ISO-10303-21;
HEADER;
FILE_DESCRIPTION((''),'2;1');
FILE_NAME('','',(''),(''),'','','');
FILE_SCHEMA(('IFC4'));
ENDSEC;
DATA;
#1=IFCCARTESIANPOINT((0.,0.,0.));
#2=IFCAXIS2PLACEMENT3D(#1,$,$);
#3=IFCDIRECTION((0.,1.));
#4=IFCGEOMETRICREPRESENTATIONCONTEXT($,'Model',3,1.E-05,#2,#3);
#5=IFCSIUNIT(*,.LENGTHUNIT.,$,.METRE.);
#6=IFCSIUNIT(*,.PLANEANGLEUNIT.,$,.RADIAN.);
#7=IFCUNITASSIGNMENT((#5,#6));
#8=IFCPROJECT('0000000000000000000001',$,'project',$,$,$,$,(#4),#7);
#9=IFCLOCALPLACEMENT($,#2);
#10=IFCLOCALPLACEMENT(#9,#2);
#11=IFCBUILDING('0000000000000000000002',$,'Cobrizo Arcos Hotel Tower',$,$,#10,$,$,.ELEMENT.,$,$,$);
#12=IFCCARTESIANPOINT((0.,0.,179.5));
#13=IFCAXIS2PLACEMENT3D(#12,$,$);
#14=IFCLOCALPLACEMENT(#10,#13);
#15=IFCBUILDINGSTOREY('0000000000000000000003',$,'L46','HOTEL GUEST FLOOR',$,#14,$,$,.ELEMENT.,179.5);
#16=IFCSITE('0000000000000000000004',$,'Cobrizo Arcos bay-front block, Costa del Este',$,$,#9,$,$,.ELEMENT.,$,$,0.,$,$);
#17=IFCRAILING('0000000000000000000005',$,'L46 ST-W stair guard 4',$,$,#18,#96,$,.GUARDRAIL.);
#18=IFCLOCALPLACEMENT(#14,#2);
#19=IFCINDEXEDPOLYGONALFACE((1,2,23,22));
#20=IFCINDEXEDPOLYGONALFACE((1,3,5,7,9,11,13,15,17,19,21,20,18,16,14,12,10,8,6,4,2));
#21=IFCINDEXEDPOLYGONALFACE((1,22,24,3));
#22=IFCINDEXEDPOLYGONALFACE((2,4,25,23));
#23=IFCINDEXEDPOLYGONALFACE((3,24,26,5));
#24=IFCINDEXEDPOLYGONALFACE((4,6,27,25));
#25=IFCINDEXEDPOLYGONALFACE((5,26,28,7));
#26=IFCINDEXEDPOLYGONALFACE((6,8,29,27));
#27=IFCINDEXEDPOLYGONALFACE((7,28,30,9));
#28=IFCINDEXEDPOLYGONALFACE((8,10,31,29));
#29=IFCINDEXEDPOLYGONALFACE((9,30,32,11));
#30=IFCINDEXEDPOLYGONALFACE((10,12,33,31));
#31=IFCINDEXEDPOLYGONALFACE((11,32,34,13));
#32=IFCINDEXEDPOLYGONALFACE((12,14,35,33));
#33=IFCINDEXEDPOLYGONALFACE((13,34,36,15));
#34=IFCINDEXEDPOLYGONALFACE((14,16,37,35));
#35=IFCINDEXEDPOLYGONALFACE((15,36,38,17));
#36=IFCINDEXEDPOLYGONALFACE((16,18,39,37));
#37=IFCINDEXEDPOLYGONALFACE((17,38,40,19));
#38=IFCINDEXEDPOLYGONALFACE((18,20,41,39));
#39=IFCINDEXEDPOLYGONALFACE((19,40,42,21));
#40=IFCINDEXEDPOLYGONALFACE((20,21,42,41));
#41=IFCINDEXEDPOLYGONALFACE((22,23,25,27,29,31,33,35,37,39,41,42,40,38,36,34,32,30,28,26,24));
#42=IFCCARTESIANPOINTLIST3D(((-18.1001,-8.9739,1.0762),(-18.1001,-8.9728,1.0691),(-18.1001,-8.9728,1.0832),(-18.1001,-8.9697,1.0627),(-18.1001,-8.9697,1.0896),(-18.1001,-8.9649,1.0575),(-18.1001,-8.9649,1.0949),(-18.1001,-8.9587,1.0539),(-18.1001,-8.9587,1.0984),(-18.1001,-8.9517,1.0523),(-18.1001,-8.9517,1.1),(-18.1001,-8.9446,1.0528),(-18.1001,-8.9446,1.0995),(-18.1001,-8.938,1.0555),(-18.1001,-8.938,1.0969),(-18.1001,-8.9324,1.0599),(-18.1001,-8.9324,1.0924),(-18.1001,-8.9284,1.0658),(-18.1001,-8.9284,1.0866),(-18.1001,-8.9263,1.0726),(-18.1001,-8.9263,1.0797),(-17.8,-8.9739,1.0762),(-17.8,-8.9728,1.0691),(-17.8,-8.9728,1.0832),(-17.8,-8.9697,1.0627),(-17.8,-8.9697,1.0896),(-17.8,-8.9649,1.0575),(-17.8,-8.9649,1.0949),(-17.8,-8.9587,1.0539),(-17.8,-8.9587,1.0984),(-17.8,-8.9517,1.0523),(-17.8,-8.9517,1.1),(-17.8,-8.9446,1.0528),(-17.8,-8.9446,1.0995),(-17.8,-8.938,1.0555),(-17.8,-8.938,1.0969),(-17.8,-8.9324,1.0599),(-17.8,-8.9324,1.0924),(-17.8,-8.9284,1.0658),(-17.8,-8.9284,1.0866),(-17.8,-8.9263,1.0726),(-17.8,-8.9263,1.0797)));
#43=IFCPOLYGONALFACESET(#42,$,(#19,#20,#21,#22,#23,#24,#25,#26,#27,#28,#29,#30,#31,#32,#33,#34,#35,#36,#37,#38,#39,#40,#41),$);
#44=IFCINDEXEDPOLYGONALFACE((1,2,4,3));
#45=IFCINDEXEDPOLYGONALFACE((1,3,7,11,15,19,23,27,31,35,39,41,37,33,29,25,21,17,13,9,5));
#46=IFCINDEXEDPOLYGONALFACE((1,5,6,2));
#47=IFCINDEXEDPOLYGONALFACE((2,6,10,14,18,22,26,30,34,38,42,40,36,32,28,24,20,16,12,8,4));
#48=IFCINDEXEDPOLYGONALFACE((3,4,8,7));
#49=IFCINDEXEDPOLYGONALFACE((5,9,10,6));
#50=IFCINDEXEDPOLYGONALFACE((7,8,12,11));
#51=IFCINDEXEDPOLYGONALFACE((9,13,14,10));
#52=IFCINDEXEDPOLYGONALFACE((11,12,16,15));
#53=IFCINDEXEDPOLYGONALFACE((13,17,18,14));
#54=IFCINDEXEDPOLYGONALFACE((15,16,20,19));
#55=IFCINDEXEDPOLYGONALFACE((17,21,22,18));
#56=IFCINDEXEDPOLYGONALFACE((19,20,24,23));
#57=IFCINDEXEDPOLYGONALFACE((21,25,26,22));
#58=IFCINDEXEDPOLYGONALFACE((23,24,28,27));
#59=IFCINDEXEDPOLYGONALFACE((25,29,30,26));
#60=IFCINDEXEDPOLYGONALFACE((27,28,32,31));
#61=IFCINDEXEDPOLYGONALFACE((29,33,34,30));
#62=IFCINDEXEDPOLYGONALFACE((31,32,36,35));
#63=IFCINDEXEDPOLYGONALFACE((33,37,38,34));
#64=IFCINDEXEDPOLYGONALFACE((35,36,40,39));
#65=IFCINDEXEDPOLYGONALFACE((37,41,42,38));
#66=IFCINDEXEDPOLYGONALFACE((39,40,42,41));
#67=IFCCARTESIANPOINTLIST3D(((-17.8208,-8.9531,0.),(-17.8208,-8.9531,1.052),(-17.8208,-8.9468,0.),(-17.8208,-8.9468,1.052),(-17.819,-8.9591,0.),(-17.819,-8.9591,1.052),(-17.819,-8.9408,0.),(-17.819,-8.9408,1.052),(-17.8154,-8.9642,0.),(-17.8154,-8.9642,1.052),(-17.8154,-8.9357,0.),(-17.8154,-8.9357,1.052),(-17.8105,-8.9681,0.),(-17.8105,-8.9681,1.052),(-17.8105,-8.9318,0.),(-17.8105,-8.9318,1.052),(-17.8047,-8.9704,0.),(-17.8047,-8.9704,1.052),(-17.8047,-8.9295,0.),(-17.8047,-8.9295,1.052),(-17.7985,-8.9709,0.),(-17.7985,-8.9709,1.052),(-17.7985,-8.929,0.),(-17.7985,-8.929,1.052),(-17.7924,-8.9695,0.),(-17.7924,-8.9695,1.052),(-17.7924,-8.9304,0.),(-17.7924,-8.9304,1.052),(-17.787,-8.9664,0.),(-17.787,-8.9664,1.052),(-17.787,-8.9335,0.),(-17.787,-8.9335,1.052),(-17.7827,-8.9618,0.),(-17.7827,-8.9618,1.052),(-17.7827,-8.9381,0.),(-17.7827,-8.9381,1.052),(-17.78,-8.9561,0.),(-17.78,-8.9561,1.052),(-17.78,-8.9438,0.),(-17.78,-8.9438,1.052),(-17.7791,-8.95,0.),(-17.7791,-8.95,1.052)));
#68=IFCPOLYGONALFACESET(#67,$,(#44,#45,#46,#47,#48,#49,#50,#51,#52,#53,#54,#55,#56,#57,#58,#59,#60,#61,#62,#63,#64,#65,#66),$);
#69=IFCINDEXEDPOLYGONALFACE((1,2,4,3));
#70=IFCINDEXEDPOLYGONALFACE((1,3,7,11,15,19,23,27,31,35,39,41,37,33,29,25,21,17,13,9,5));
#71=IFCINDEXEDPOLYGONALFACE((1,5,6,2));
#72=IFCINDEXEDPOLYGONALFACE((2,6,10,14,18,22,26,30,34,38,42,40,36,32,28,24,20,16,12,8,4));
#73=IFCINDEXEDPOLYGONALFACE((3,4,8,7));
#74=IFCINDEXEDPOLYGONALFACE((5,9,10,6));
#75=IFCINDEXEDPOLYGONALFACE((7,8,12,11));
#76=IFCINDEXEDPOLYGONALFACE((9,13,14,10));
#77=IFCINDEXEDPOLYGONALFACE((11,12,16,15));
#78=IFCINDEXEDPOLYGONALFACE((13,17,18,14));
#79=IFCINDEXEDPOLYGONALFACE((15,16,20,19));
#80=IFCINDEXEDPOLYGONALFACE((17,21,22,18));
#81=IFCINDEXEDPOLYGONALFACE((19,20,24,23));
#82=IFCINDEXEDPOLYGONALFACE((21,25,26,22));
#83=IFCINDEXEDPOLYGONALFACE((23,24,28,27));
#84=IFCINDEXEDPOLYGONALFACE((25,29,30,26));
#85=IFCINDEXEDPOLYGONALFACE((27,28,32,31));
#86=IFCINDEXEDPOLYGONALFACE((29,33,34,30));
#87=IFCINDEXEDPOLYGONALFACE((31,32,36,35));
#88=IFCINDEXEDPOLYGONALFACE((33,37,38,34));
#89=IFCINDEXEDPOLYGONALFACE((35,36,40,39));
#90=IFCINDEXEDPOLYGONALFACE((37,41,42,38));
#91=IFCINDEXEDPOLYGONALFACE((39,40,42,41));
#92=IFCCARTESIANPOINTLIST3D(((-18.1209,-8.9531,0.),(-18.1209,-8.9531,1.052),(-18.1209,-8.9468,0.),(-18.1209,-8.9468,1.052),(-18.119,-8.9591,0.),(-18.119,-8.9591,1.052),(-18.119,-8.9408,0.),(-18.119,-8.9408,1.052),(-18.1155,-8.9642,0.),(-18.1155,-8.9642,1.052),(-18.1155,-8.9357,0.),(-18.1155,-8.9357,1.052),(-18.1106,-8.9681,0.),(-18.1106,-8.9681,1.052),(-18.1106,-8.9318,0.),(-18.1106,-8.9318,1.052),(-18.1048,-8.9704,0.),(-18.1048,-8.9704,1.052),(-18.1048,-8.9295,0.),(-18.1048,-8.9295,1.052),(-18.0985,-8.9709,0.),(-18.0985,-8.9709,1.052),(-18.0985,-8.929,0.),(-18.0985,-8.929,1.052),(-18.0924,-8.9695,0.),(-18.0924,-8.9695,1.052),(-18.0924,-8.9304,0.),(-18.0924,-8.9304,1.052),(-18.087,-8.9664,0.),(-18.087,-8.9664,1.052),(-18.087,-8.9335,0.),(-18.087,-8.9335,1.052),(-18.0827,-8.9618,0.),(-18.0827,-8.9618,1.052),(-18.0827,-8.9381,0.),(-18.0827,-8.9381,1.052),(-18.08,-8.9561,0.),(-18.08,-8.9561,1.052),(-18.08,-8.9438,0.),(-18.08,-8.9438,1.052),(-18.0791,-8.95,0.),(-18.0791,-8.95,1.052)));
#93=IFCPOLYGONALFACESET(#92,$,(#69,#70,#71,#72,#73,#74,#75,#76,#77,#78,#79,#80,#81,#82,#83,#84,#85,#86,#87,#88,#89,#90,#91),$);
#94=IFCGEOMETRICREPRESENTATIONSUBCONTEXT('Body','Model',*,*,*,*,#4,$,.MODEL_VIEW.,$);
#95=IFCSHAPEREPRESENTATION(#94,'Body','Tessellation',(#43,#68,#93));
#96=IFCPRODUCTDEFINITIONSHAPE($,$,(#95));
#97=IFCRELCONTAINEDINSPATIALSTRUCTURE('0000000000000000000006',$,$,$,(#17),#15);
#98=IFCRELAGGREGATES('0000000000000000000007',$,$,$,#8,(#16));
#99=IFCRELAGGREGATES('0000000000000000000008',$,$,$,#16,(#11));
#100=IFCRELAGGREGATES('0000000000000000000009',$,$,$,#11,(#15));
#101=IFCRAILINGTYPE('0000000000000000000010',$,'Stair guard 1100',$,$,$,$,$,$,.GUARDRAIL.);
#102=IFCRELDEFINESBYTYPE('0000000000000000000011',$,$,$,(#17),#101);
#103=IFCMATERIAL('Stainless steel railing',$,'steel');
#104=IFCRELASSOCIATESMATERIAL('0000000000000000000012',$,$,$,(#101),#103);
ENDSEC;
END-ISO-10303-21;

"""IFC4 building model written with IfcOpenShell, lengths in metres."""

from ifc_helpers import new_model, si_unit, direction, frame, origin, origin_2d, place, context, subcontext, project, spatial, circle, extrude, material, type_object, element, save


model = new_model("IFC4")

# Units and contexts
model_context = context("Model", 3, precision=1e-05, world=origin(), true_north=direction((0.0, 1.0)))
body_context = subcontext(model_context, "Body", "Model", "MODEL_VIEW")
ifc_project = project(units=[si_unit("LENGTHUNIT", "METRE"), si_unit("PLANEANGLEUNIT", "RADIAN")], contexts=[model_context])

# Site, building, storey
site_placement = place(None, origin())
site = spatial("IfcSite", under=ifc_project, at=site_placement, Name="Cobrizo Arcos bay-front block, Costa del Este", CompositionType="ELEMENT", RefElevation=0.0)
building_placement = place(site_placement, origin())
building = spatial("IfcBuilding", under=site, at=building_placement, Name="Cobrizo Arcos Hotel Tower", CompositionType="ELEMENT")
storey_placement = place(building_placement, frame((0.0, 0.0, 179.5)))
storey = spatial("IfcBuildingStorey", under=building, at=storey_placement, Name="L46", Description="HOTEL GUEST FLOOR", CompositionType="ELEMENT", Elevation=179.5)

# Railing
ifc_material_1 = material(Name="Stainless steel railing", Category="steel")
railing_type_1 = type_object("IfcRailingType", Name="Stair guard 1100", PredefinedType="GUARDRAIL", material=ifc_material_1)
railing_1_placement = place(storey_placement, frame((-17.8, -8.95, 0.0)))
element("IfcRailing", 1, at=railing_1_placement, inside=storey, type_object=railing_type_1, Name="L46 ST-W stair guard 4", PredefinedType="GUARDRAIL", context=body_context, shape_type="SweptSolid", body=[
    extrude(circle(Radius=0.0239, at=origin_2d()), frame((0.0, 0.0, 1.0762), z_axis=(-1.0, 0.0, 0.0), x_axis=(0.0, -1.0, 0.0)), (0.0, 0.0, 1.0), 0.3),
    extrude(circle(Radius=0.021, at=origin_2d()), origin(), (0.0, 0.0, 1.0), 1.052),
    extrude(circle(Radius=0.021, at=origin_2d()), frame((-0.3, 0.0, 0.0)), (0.0, 0.0, 1.0), 1.052),
])

save(model, "model.ifc")
